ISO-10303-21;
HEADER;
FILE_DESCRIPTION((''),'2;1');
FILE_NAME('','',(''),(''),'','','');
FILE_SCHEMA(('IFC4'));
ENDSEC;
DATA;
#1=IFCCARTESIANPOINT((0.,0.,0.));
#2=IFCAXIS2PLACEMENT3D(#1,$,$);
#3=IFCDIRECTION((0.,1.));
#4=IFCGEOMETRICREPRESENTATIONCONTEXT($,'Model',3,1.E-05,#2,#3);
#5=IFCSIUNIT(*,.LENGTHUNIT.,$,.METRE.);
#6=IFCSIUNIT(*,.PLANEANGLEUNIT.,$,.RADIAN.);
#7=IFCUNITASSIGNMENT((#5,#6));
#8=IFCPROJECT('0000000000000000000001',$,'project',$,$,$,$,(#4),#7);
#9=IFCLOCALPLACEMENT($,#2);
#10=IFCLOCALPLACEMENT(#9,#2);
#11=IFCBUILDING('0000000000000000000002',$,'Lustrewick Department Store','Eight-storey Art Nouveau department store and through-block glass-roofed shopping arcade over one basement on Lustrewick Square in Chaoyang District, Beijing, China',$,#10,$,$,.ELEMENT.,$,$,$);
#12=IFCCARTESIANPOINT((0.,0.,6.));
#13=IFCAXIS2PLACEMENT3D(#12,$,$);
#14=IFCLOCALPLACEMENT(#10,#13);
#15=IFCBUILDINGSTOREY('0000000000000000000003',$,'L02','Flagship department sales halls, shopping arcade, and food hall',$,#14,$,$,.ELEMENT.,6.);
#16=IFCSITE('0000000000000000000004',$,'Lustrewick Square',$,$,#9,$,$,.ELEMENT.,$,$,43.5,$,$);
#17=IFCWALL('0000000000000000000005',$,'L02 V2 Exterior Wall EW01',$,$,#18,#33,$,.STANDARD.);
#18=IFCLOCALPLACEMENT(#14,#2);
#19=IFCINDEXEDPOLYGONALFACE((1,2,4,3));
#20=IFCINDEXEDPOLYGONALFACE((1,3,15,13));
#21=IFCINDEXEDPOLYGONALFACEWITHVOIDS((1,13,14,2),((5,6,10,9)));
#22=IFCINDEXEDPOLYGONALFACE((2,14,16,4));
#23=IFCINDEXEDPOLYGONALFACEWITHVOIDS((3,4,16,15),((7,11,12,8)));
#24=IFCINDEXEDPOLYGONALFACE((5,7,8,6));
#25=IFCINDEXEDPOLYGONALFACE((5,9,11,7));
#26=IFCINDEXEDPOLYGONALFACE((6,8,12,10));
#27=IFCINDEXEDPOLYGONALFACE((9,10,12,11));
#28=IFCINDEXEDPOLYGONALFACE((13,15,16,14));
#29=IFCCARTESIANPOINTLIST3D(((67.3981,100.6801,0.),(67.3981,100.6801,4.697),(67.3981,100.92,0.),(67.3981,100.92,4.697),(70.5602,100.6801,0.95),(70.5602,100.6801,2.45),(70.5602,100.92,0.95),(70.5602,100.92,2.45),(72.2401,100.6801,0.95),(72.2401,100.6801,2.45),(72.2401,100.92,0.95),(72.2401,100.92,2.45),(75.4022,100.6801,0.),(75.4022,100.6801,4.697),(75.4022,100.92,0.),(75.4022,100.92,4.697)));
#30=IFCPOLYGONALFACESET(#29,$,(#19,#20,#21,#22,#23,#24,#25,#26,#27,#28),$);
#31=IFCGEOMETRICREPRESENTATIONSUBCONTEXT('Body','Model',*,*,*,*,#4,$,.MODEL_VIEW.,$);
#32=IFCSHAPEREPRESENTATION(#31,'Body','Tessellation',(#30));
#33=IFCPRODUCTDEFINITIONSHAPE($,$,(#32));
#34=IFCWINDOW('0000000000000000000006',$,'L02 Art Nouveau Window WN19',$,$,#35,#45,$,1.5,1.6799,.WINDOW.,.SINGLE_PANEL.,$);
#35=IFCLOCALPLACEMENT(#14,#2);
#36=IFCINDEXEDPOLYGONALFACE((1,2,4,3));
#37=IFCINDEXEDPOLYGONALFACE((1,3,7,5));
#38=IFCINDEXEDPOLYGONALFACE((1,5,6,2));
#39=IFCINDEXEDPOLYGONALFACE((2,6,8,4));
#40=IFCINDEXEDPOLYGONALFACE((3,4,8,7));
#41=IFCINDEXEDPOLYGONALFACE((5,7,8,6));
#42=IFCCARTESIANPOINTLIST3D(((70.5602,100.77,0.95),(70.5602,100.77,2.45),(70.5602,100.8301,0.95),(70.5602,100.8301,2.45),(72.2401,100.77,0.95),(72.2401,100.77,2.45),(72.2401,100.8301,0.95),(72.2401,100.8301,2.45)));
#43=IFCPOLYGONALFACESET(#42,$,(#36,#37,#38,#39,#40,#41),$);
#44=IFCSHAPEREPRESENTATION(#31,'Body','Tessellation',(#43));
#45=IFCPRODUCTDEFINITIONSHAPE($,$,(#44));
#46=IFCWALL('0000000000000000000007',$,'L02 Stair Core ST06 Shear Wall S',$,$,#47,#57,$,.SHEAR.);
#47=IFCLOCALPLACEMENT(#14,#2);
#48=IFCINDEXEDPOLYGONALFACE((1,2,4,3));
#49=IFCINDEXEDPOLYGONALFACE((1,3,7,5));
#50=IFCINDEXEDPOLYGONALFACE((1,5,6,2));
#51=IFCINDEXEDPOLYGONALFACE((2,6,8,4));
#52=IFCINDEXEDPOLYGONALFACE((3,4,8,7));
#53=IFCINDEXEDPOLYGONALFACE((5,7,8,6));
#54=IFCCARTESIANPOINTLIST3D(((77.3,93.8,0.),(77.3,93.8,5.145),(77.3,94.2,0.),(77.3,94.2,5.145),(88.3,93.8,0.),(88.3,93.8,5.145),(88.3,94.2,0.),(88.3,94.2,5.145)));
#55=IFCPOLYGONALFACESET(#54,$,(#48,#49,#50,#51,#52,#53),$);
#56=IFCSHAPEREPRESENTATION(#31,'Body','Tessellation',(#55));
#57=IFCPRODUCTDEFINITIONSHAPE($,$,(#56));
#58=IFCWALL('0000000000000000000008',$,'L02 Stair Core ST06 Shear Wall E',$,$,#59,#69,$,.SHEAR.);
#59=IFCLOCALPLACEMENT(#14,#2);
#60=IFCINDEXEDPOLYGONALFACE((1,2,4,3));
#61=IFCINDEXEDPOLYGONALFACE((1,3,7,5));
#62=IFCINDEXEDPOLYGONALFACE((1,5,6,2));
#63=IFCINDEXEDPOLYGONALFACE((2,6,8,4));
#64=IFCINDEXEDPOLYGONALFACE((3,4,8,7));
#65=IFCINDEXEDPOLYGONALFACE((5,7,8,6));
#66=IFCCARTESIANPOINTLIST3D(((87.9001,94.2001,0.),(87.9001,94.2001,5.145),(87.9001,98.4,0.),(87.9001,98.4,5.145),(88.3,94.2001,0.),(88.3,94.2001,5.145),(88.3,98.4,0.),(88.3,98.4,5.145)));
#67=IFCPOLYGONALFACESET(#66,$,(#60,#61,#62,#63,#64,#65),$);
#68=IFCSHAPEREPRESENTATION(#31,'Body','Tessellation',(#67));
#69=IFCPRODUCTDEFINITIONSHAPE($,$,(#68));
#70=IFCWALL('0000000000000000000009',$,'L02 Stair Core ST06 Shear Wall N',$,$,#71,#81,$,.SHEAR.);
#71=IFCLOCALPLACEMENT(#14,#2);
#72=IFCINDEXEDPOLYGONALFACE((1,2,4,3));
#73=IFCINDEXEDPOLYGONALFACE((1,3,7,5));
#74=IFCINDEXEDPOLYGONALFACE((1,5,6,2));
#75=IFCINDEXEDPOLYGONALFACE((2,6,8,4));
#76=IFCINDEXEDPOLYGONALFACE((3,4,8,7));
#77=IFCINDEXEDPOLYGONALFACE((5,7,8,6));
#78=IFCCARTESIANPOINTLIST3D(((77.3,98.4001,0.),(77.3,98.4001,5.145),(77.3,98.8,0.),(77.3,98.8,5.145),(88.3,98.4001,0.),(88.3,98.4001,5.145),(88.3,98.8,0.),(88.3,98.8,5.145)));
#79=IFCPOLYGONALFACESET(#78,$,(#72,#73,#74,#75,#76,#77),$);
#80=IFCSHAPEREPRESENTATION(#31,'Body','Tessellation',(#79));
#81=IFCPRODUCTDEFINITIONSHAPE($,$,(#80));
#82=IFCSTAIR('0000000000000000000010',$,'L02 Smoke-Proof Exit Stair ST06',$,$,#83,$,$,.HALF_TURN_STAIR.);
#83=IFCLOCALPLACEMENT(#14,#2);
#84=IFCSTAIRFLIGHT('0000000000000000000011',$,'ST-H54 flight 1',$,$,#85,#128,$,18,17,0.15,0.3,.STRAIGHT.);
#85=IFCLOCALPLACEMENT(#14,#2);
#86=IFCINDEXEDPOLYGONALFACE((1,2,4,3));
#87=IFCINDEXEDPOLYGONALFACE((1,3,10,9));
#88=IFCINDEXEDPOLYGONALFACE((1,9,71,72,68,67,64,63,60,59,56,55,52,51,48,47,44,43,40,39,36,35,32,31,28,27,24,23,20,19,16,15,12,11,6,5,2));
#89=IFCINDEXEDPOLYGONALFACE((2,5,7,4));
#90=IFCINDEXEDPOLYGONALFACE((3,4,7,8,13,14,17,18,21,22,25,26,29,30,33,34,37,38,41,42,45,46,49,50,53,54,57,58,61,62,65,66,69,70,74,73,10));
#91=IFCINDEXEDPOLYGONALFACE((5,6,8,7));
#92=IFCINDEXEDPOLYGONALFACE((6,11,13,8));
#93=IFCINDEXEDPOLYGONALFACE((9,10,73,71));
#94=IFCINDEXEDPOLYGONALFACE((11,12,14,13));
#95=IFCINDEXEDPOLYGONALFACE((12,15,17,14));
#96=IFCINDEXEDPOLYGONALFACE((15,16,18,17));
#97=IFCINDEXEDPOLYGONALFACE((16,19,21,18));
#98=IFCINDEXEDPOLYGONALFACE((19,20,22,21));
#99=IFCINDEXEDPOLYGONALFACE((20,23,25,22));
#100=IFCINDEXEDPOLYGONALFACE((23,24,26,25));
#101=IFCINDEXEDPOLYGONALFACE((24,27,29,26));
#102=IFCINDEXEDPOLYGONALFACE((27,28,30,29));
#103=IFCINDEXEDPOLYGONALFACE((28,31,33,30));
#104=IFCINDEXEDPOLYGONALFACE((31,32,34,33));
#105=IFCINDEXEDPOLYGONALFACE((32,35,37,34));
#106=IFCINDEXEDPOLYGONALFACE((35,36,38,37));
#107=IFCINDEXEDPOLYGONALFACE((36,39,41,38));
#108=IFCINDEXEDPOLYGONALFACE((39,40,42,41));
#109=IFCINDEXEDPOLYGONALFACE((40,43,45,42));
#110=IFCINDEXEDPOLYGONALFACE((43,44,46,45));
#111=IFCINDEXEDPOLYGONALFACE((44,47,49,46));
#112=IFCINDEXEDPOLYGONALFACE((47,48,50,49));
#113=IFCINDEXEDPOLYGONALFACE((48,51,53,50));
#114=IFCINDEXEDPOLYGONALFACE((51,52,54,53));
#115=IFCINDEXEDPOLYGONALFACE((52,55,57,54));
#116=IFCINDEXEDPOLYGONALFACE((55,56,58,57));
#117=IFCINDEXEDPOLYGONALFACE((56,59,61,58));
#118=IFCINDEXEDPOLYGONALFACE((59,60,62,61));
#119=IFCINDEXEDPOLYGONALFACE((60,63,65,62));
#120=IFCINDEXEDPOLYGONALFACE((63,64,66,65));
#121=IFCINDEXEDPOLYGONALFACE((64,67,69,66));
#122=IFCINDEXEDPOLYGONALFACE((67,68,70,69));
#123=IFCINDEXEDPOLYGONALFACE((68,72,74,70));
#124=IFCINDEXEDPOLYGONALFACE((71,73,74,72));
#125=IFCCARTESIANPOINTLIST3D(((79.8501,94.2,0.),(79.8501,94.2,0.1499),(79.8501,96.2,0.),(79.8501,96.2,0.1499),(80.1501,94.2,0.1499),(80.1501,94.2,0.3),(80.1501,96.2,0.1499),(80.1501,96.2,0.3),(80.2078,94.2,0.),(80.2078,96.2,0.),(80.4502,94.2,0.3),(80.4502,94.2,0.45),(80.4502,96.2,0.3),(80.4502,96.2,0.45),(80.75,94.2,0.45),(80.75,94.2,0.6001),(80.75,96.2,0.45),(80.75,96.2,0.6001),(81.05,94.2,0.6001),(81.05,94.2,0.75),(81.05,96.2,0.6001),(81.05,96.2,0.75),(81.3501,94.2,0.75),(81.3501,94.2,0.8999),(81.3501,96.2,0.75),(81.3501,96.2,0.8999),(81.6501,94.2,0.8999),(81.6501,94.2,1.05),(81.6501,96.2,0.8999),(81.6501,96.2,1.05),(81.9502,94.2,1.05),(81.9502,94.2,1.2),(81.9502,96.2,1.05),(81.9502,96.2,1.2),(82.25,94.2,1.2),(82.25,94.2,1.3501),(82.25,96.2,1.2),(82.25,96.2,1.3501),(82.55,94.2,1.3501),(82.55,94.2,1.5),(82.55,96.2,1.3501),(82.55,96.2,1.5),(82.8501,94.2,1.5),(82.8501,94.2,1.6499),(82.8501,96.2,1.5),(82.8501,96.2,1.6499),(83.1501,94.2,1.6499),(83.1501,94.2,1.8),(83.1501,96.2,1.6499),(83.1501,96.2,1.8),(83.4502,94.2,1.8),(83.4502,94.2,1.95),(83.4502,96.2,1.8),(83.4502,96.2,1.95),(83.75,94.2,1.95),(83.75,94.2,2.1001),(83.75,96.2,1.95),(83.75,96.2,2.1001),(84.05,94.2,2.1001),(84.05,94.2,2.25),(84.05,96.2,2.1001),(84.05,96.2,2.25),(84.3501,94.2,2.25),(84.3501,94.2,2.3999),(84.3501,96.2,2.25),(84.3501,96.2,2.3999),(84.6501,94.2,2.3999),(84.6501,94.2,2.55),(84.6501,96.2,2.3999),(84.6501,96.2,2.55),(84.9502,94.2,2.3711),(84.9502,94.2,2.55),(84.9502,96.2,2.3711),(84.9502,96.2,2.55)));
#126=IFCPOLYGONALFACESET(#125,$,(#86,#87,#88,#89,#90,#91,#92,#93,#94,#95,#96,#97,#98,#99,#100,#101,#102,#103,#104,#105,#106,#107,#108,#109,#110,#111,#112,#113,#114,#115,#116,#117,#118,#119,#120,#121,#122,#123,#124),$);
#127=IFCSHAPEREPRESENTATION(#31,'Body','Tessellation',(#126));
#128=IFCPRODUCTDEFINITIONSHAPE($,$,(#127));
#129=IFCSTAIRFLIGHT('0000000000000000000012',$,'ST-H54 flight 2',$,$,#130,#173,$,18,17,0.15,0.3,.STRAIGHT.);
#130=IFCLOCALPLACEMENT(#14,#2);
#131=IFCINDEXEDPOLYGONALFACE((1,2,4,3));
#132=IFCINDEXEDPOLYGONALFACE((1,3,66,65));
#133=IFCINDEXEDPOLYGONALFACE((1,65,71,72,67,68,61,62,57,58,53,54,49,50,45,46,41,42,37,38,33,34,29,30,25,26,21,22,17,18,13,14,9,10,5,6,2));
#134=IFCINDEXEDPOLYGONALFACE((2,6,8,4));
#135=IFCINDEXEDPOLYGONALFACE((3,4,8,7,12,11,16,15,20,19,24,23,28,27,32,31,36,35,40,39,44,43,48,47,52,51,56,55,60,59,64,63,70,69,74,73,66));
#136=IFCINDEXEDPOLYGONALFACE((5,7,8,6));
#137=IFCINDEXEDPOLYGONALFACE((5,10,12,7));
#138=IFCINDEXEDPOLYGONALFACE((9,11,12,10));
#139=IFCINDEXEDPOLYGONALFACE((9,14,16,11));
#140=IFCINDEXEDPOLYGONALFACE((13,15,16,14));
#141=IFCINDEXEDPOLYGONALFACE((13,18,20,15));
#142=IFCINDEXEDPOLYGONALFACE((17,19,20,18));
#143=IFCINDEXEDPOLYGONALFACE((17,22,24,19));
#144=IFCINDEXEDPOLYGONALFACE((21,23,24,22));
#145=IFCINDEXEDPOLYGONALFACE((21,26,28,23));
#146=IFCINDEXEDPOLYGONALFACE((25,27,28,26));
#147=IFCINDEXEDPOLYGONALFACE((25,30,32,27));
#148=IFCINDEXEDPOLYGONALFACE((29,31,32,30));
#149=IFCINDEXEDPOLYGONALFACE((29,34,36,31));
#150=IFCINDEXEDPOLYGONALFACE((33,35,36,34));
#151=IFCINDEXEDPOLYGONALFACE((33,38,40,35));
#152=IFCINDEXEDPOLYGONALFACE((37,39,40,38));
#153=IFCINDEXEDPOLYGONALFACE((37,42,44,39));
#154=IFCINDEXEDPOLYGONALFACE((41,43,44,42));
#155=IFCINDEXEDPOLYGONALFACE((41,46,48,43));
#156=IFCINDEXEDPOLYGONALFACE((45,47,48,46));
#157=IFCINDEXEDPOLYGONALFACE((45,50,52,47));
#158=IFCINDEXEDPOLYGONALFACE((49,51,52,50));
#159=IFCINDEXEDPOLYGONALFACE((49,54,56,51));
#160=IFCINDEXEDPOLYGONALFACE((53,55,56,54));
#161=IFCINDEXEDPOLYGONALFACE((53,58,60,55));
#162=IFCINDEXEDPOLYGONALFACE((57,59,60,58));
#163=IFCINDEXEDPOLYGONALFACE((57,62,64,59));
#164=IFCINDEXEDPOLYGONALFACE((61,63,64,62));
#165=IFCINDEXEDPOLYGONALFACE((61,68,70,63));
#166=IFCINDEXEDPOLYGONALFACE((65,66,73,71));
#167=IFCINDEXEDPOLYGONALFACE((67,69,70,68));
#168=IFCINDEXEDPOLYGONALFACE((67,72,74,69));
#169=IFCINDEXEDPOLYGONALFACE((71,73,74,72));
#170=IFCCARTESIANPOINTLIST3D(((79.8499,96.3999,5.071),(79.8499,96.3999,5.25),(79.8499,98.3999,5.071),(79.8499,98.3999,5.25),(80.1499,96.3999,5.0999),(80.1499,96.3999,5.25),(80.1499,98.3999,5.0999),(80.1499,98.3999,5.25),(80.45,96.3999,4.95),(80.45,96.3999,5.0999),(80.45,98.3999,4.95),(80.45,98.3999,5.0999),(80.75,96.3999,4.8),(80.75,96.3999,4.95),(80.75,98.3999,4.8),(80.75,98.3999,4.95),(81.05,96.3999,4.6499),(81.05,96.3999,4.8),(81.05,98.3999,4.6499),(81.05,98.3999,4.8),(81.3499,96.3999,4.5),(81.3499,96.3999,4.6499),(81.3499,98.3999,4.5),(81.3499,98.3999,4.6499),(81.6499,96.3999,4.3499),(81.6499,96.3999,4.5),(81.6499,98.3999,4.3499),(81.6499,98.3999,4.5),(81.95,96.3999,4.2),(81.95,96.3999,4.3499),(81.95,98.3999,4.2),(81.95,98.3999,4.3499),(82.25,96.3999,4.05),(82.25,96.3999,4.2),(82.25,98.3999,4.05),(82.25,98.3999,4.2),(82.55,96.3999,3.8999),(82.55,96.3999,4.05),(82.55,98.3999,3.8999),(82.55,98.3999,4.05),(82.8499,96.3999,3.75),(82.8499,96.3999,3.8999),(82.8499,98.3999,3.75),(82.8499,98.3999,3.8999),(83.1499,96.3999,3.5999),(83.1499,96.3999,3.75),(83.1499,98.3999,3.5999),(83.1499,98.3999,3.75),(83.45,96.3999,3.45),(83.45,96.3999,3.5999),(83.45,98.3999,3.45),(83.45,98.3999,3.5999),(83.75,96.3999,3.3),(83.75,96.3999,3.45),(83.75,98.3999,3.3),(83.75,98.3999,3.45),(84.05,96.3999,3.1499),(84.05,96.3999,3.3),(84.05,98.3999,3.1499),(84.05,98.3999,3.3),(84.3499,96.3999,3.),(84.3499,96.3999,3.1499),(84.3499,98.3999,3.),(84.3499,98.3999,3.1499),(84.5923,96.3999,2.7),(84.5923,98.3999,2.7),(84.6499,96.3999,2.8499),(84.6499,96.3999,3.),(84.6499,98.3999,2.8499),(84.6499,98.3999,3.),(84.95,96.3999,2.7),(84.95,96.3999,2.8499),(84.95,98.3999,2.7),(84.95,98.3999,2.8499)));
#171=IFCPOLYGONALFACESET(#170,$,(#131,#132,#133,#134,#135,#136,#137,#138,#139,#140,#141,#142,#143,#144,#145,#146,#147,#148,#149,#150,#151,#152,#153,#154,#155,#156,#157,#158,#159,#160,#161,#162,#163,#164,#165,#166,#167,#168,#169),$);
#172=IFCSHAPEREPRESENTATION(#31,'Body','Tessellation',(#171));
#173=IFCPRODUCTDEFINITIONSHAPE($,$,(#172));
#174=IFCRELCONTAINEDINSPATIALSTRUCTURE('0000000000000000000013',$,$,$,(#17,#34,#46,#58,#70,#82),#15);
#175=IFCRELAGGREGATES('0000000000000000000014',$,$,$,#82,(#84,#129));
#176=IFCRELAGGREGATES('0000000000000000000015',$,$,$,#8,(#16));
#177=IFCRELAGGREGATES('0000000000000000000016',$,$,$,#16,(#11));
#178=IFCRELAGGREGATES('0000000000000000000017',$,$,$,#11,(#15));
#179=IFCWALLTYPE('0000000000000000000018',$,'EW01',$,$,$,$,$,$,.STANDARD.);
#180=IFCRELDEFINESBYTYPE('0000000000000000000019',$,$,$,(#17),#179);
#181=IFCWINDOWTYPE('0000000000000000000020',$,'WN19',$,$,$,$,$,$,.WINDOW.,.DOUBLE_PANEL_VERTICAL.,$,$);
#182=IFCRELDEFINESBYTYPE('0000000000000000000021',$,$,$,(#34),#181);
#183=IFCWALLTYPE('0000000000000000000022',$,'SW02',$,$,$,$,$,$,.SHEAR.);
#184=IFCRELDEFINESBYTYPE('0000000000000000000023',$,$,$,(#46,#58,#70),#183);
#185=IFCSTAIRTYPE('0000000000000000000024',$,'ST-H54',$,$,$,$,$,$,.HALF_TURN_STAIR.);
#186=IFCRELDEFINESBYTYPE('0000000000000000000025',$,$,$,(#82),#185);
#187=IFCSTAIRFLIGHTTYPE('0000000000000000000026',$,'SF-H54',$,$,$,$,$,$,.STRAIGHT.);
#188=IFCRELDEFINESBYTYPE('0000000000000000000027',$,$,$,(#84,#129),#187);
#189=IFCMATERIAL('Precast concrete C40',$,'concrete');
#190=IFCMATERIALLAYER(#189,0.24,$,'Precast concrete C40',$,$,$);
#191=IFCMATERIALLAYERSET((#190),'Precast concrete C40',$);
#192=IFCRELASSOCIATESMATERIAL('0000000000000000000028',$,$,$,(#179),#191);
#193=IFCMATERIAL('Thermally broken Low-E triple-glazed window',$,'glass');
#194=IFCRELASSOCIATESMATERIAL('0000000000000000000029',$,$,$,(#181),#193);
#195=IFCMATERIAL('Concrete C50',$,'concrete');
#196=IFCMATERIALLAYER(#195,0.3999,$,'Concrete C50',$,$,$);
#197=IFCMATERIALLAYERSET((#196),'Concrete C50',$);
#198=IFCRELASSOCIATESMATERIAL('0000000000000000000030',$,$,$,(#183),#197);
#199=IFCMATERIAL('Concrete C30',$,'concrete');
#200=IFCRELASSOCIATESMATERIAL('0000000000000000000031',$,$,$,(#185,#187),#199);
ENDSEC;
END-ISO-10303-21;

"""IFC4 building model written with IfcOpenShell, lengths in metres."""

from ifc_helpers import new_model, si_unit, direction, frame, frame_2d, origin, place, context, subcontext, project, spatial, polyline, rectangle, outline, extrude, material, layer, layer_set, type_object, element, fill, aggregate, save


model = new_model("IFC4")

# Units and contexts
model_context = context("Model", 3, precision=1e-05, world=origin(), true_north=direction((0.0, 1.0)))
body_context = subcontext(model_context, "Body", "Model", "MODEL_VIEW")
ifc_project = project(units=[si_unit("LENGTHUNIT", "METRE"), si_unit("PLANEANGLEUNIT", "RADIAN")], contexts=[model_context])

# Site, building, storey
site_placement = place(None, origin())
site = spatial("IfcSite", under=ifc_project, at=site_placement, Name="Lustrewick Square", CompositionType="ELEMENT", RefElevation=43.5)
building_placement = place(site_placement, origin())
building = spatial("IfcBuilding", under=site, at=building_placement, Name="Lustrewick Department Store", Description="Eight-storey Art Nouveau department store and through-block glass-roofed shopping arcade over one basement on Lustrewick Square in Chaoyang District, Beijing, China", CompositionType="ELEMENT")
storey_placement = place(building_placement, frame((0.0, 0.0, 6.0)))
storey = spatial("IfcBuildingStorey", under=building, at=storey_placement, Name="L02", Description="Flagship department sales halls, shopping arcade, and food hall", CompositionType="ELEMENT", Elevation=6.0)

# Wall, opening, window
ifc_material_1 = material(Name="Precast concrete C40", Category="concrete")
ifc_layer_1 = layer(ifc_material_1, 0.24, Name="Precast concrete C40")
ifc_layer_set_1 = layer_set([ifc_layer_1], Name="Precast concrete C40")
wall_type_1 = type_object("IfcWallType", Name="EW01", PredefinedType="STANDARD", material=ifc_layer_set_1)
ifc_material_2 = material(Name="Thermally broken Low-E triple-glazed window", Category="glass")
wall_1_placement = place(storey_placement, frame((75.4021, 100.8, 0.0), z_axis=(0.0, 0.0, 1.0), x_axis=(-1.0, 0.0, 0.0)))
wall_1 = element("IfcWall", 1, at=wall_1_placement, inside=storey, type_object=wall_type_1, Name="L02 V2 Exterior Wall EW01", PredefinedType="STANDARD", context=body_context, shape_type="SweptSolid", body=[
    extrude(rectangle(XDim=8.0042, YDim=0.24, at=frame_2d((4.002, 0.0))), origin(), (0.0, 0.0, 1.0), 4.697),
])
opening_1_placement = place(wall_1_placement, frame((3.1621, 0.0, 0.95)))
opening_1 = element("IfcOpeningElement", 2, at=opening_1_placement, cuts=wall_1, PredefinedType="OPENING", context=body_context, shape_type="SweptSolid", body=[
    extrude(rectangle(XDim=1.6799, YDim=1.5, at=frame_2d((0.8398, 0.75))), frame((0.0, 0.1299, 0.0), z_axis=(0.0, -1.0, 0.0), x_axis=(1.0, 0.0, 0.0)), (0.0, 0.0, 1.0), 0.26),
])
window_type_1 = type_object("IfcWindowType", Name="WN19", PartitioningType="DOUBLE_PANEL_VERTICAL", PredefinedType="WINDOW", material=ifc_material_2)
window_1_placement = place(opening_1_placement, origin())
window_1 = element("IfcWindow", 3, at=window_1_placement, inside=storey, type_object=window_type_1, Name="L02 Art Nouveau Window WN19", OverallHeight=1.5, OverallWidth=1.6799, PartitioningType="SINGLE_PANEL", PredefinedType="WINDOW", context=body_context, shape_type="SweptSolid", body=[
    extrude(rectangle(XDim=1.6799, YDim=1.5, at=frame_2d((0.8398, 0.75))), frame((0.0, 0.03, 0.0), z_axis=(0.0, -1.0, 0.0), x_axis=(1.0, 0.0, 0.0)), (0.0, 0.0, 1.0), 0.0601),
])
fill(opening_1, window_1)

# Walls
ifc_material_3 = material(Name="Concrete C50", Category="concrete")
ifc_layer_2 = layer(ifc_material_3, 0.3999, Name="Concrete C50")
ifc_layer_set_2 = layer_set([ifc_layer_2], Name="Concrete C50")
wall_type_2 = type_object("IfcWallType", Name="SW02", PredefinedType="SHEAR", material=ifc_layer_set_2)
wall_2_placement = place(storey_placement, frame((77.3, 94.0, 0.0), z_axis=(0.0, 0.0, 1.0), x_axis=(1.0, 0.0, 0.0)))
element("IfcWall", 4, at=wall_2_placement, inside=storey, type_object=wall_type_2, Name="L02 Stair Core ST06 Shear Wall S", PredefinedType="SHEAR", context=body_context, shape_type="SweptSolid", body=[
    extrude(rectangle(XDim=11.0, YDim=0.3999, at=frame_2d((5.5, 0.0))), origin(), (0.0, 0.0, 1.0), 5.145),
])
wall_3_placement = place(storey_placement, frame((88.1001, 94.2, 0.0), z_axis=(0.0, 0.0, 1.0), x_axis=(0.0, 1.0, 0.0)))
element("IfcWall", 5, at=wall_3_placement, inside=storey, type_object=wall_type_2, Name="L02 Stair Core ST06 Shear Wall E", PredefinedType="SHEAR", context=body_context, shape_type="SweptSolid", body=[
    extrude(rectangle(XDim=4.2, YDim=0.3999, at=frame_2d((2.1001, 0.0))), origin(), (0.0, 0.0, 1.0), 5.145),
])
wall_4_placement = place(storey_placement, frame((88.3, 98.6001, 0.0), z_axis=(0.0, 0.0, 1.0), x_axis=(-1.0, 0.0, 0.0)))
element("IfcWall", 6, at=wall_4_placement, inside=storey, type_object=wall_type_2, Name="L02 Stair Core ST06 Shear Wall N", PredefinedType="SHEAR", context=body_context, shape_type="SweptSolid", body=[
    extrude(rectangle(XDim=11.0, YDim=0.3999, at=frame_2d((5.5, 0.0))), origin(), (0.0, 0.0, 1.0), 5.145),
])

# Stair, stair flights
ifc_material_4 = material(Name="Concrete C30", Category="concrete")
stair_type = type_object("IfcStairType", Name="ST-H54", PredefinedType="HALF_TURN_STAIR", material=ifc_material_4)
stair_placement = place(storey_placement, origin())
stair = element("IfcStair", 7, at=stair_placement, inside=storey, type_object=stair_type, Name="L02 Smoke-Proof Exit Stair ST06", PredefinedType="HALF_TURN_STAIR")
stair_flight_type = type_object("IfcStairFlightType", Name="SF-H54", PredefinedType="STRAIGHT", material=ifc_material_4)
stair_flight_1_placement = place(storey_placement, frame((79.8501, 95.2, 0.0), z_axis=(0.0, 0.0, 1.0), x_axis=(1.0, 0.0, 0.0)))
stair_flight_1 = element("IfcStairFlight", 8, at=stair_flight_1_placement, type_object=stair_flight_type, Name="ST-H54 flight 1", NumberOfRisers=18, NumberOfTreads=17, PredefinedType="STRAIGHT", RiserHeight=0.15, TreadLength=0.3, context=body_context, shape_type="SweptSolid", body=[
    extrude(outline(polyline([(0.0, 0.0), (0.0, 0.1499), (0.3, 0.1499), (0.3, 0.3), (0.6001, 0.3), (0.6001, 0.45), (0.8999, 0.45), (0.8999, 0.6001), (1.2, 0.6001), (1.2, 0.75), (1.5, 0.75), (1.5, 0.8999), (1.8, 0.8999), (1.8, 1.05), (2.1001, 1.05), (2.1001, 1.2), (2.3999, 1.2), (2.3999, 1.3501), (2.7, 1.3501), (2.7, 1.5), (3.0, 1.5), (3.0, 1.6499), (3.3, 1.6499), (3.3, 1.8), (3.6001, 1.8), (3.6001, 1.95), (3.8999, 1.95), (3.8999, 2.1001), (4.2, 2.1001), (4.2, 2.25), (4.5, 2.25), (4.5, 2.3999), (4.8, 2.3999), (4.8, 2.55), (5.1001, 2.55), (5.1001, 2.7), (5.1001, 2.3711), (0.3577, 0.0), (0.0, 0.0)])), frame((0.0, 1.0, 0.0), z_axis=(0.0, -1.0, 0.0), x_axis=(1.0, 0.0, 0.0)), (0.0, 0.0, 1.0), 2.0),
])
stair_flight_2_placement = place(storey_placement, frame((84.95, 97.3999, 2.7), z_axis=(0.0, 0.0, 1.0), x_axis=(-1.0, 0.0, 0.0)))
stair_flight_2 = element("IfcStairFlight", 9, at=stair_flight_2_placement, type_object=stair_flight_type, Name="ST-H54 flight 2", NumberOfRisers=18, NumberOfTreads=17, PredefinedType="STRAIGHT", RiserHeight=0.15, TreadLength=0.3, context=body_context, shape_type="SweptSolid", body=[
    extrude(outline(polyline([(0.0, 0.0), (0.0, 0.1499), (0.3, 0.1499), (0.3, 0.3), (0.6001, 0.3), (0.6001, 0.45), (0.8999, 0.45), (0.8999, 0.6001), (1.2, 0.6001), (1.2, 0.75), (1.5, 0.75), (1.5, 0.8999), (1.8, 0.8999), (1.8, 1.05), (2.1001, 1.05), (2.1001, 1.2), (2.3999, 1.2), (2.3999, 1.3501), (2.7, 1.3501), (2.7, 1.5), (3.0, 1.5), (3.0, 1.6499), (3.3, 1.6499), (3.3, 1.8), (3.6001, 1.8), (3.6001, 1.95), (3.8999, 1.95), (3.8999, 2.1001), (4.2, 2.1001), (4.2, 2.25), (4.5, 2.25), (4.5, 2.3999), (4.8, 2.3999), (4.8, 2.55), (5.1001, 2.55), (5.1001, 2.7), (5.1001, 2.3711), (0.3577, 0.0), (0.0, 0.0)])), frame((0.0, 1.0, 0.0), z_axis=(0.0, -1.0, 0.0), x_axis=(1.0, 0.0, 0.0)), (0.0, 0.0, 1.0), 2.0),
])
aggregate(stair, [stair_flight_1, stair_flight_2])

save(model, "model.ifc")
